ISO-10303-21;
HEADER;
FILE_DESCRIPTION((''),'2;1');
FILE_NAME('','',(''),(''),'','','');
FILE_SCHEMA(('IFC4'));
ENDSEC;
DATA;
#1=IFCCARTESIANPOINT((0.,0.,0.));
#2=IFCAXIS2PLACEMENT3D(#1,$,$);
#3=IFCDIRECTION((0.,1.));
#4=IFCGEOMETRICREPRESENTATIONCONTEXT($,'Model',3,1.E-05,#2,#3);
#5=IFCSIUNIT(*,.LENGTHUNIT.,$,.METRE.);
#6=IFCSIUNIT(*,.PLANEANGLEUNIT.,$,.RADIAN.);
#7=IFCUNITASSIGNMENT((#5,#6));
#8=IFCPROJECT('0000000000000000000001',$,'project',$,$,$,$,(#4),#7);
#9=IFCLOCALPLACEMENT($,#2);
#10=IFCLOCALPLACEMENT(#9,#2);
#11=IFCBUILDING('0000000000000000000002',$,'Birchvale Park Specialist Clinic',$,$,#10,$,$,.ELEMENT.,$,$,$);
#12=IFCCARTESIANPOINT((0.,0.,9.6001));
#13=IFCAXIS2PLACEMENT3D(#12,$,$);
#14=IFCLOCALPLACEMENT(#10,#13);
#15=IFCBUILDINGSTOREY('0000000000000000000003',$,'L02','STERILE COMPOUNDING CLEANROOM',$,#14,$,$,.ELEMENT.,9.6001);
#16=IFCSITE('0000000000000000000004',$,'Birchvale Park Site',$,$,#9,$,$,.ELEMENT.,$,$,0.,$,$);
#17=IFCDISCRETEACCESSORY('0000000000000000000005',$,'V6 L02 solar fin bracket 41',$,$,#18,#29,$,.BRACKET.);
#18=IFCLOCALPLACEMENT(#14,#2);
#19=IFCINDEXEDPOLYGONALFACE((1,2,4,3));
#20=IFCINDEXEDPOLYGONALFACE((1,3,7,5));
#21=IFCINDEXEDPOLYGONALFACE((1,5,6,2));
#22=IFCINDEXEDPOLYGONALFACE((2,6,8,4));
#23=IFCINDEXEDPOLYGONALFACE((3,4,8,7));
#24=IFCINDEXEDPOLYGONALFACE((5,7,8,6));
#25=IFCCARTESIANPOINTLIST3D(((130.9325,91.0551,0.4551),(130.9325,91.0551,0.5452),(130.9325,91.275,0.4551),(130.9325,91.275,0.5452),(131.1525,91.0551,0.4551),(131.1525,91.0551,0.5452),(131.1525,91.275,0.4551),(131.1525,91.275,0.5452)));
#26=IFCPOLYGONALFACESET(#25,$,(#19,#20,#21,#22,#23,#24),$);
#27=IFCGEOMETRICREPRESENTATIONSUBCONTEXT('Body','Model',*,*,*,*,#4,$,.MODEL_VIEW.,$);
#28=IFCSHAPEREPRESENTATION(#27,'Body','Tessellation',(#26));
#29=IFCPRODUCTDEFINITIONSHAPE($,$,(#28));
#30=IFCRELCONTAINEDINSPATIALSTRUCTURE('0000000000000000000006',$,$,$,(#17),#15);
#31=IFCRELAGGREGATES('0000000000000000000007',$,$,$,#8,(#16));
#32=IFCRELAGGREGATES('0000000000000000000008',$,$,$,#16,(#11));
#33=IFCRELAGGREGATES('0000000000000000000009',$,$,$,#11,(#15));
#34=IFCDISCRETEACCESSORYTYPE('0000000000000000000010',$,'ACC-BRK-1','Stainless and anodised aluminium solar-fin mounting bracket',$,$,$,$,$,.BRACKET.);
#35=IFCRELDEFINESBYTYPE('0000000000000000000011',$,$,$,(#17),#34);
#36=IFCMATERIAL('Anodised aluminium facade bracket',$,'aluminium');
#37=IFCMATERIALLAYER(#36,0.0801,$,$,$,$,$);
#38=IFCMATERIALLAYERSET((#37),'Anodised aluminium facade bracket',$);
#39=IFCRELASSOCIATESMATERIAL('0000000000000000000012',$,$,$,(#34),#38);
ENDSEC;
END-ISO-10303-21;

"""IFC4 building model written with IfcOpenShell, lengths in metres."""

from ifc_helpers import new_model, si_unit, direction, frame, origin, origin_2d, place, context, subcontext, project, spatial, rectangle, extrude, material, layer, layer_set, type_object, element, save


model = new_model("IFC4")

# Units and contexts
model_context = context("Model", 3, precision=1e-05, world=origin(), true_north=direction((0.0, 1.0)))
body_context = subcontext(model_context, "Body", "Model", "MODEL_VIEW")
ifc_project = project(units=[si_unit("LENGTHUNIT", "METRE"), si_unit("PLANEANGLEUNIT", "RADIAN")], contexts=[model_context])

# Site, building, storey
site_placement = place(None, origin())
site = spatial("IfcSite", under=ifc_project, at=site_placement, Name="Birchvale Park Site", CompositionType="ELEMENT", RefElevation=0.0)
building_placement = place(site_placement, origin())
building = spatial("IfcBuilding", under=site, at=building_placement, Name="Birchvale Park Specialist Clinic", CompositionType="ELEMENT")
storey_placement = place(building_placement, frame((0.0, 0.0, 9.6001)))
storey = spatial("IfcBuildingStorey", under=building, at=storey_placement, Name="L02", Description="STERILE COMPOUNDING CLEANROOM", CompositionType="ELEMENT", Elevation=9.6001)

# Discrete accessory
ifc_material_1 = material(Name="Anodised aluminium facade bracket", Category="aluminium")
ifc_layer_1 = layer(ifc_material_1, 0.0801)
ifc_layer_set_1 = layer_set([ifc_layer_1], Name="Anodised aluminium facade bracket")
discrete_accessory_type = type_object("IfcDiscreteAccessoryType", Name="ACC-BRK-1", Description="Stainless and anodised aluminium solar-fin mounting bracket", PredefinedType="BRACKET", material=ifc_layer_set_1)
discrete_accessory_placement = place(storey_placement, frame((131.0425, 91.165, 0.4551), z_axis=(0.0, 0.0, 1.0), x_axis=(0.0, 1.0, 0.0)))
element("IfcDiscreteAccessory", 1, at=discrete_accessory_placement, inside=storey, type_object=discrete_accessory_type, Name="V6 L02 solar fin bracket 41", PredefinedType="BRACKET", context=body_context, shape_type="SweptSolid", body=[
    extrude(rectangle(XDim=0.22, YDim=0.22, at=origin_2d()), origin(), (0.0, 0.0, 1.0), 0.0901),
])

save(model, "model.ifc")
